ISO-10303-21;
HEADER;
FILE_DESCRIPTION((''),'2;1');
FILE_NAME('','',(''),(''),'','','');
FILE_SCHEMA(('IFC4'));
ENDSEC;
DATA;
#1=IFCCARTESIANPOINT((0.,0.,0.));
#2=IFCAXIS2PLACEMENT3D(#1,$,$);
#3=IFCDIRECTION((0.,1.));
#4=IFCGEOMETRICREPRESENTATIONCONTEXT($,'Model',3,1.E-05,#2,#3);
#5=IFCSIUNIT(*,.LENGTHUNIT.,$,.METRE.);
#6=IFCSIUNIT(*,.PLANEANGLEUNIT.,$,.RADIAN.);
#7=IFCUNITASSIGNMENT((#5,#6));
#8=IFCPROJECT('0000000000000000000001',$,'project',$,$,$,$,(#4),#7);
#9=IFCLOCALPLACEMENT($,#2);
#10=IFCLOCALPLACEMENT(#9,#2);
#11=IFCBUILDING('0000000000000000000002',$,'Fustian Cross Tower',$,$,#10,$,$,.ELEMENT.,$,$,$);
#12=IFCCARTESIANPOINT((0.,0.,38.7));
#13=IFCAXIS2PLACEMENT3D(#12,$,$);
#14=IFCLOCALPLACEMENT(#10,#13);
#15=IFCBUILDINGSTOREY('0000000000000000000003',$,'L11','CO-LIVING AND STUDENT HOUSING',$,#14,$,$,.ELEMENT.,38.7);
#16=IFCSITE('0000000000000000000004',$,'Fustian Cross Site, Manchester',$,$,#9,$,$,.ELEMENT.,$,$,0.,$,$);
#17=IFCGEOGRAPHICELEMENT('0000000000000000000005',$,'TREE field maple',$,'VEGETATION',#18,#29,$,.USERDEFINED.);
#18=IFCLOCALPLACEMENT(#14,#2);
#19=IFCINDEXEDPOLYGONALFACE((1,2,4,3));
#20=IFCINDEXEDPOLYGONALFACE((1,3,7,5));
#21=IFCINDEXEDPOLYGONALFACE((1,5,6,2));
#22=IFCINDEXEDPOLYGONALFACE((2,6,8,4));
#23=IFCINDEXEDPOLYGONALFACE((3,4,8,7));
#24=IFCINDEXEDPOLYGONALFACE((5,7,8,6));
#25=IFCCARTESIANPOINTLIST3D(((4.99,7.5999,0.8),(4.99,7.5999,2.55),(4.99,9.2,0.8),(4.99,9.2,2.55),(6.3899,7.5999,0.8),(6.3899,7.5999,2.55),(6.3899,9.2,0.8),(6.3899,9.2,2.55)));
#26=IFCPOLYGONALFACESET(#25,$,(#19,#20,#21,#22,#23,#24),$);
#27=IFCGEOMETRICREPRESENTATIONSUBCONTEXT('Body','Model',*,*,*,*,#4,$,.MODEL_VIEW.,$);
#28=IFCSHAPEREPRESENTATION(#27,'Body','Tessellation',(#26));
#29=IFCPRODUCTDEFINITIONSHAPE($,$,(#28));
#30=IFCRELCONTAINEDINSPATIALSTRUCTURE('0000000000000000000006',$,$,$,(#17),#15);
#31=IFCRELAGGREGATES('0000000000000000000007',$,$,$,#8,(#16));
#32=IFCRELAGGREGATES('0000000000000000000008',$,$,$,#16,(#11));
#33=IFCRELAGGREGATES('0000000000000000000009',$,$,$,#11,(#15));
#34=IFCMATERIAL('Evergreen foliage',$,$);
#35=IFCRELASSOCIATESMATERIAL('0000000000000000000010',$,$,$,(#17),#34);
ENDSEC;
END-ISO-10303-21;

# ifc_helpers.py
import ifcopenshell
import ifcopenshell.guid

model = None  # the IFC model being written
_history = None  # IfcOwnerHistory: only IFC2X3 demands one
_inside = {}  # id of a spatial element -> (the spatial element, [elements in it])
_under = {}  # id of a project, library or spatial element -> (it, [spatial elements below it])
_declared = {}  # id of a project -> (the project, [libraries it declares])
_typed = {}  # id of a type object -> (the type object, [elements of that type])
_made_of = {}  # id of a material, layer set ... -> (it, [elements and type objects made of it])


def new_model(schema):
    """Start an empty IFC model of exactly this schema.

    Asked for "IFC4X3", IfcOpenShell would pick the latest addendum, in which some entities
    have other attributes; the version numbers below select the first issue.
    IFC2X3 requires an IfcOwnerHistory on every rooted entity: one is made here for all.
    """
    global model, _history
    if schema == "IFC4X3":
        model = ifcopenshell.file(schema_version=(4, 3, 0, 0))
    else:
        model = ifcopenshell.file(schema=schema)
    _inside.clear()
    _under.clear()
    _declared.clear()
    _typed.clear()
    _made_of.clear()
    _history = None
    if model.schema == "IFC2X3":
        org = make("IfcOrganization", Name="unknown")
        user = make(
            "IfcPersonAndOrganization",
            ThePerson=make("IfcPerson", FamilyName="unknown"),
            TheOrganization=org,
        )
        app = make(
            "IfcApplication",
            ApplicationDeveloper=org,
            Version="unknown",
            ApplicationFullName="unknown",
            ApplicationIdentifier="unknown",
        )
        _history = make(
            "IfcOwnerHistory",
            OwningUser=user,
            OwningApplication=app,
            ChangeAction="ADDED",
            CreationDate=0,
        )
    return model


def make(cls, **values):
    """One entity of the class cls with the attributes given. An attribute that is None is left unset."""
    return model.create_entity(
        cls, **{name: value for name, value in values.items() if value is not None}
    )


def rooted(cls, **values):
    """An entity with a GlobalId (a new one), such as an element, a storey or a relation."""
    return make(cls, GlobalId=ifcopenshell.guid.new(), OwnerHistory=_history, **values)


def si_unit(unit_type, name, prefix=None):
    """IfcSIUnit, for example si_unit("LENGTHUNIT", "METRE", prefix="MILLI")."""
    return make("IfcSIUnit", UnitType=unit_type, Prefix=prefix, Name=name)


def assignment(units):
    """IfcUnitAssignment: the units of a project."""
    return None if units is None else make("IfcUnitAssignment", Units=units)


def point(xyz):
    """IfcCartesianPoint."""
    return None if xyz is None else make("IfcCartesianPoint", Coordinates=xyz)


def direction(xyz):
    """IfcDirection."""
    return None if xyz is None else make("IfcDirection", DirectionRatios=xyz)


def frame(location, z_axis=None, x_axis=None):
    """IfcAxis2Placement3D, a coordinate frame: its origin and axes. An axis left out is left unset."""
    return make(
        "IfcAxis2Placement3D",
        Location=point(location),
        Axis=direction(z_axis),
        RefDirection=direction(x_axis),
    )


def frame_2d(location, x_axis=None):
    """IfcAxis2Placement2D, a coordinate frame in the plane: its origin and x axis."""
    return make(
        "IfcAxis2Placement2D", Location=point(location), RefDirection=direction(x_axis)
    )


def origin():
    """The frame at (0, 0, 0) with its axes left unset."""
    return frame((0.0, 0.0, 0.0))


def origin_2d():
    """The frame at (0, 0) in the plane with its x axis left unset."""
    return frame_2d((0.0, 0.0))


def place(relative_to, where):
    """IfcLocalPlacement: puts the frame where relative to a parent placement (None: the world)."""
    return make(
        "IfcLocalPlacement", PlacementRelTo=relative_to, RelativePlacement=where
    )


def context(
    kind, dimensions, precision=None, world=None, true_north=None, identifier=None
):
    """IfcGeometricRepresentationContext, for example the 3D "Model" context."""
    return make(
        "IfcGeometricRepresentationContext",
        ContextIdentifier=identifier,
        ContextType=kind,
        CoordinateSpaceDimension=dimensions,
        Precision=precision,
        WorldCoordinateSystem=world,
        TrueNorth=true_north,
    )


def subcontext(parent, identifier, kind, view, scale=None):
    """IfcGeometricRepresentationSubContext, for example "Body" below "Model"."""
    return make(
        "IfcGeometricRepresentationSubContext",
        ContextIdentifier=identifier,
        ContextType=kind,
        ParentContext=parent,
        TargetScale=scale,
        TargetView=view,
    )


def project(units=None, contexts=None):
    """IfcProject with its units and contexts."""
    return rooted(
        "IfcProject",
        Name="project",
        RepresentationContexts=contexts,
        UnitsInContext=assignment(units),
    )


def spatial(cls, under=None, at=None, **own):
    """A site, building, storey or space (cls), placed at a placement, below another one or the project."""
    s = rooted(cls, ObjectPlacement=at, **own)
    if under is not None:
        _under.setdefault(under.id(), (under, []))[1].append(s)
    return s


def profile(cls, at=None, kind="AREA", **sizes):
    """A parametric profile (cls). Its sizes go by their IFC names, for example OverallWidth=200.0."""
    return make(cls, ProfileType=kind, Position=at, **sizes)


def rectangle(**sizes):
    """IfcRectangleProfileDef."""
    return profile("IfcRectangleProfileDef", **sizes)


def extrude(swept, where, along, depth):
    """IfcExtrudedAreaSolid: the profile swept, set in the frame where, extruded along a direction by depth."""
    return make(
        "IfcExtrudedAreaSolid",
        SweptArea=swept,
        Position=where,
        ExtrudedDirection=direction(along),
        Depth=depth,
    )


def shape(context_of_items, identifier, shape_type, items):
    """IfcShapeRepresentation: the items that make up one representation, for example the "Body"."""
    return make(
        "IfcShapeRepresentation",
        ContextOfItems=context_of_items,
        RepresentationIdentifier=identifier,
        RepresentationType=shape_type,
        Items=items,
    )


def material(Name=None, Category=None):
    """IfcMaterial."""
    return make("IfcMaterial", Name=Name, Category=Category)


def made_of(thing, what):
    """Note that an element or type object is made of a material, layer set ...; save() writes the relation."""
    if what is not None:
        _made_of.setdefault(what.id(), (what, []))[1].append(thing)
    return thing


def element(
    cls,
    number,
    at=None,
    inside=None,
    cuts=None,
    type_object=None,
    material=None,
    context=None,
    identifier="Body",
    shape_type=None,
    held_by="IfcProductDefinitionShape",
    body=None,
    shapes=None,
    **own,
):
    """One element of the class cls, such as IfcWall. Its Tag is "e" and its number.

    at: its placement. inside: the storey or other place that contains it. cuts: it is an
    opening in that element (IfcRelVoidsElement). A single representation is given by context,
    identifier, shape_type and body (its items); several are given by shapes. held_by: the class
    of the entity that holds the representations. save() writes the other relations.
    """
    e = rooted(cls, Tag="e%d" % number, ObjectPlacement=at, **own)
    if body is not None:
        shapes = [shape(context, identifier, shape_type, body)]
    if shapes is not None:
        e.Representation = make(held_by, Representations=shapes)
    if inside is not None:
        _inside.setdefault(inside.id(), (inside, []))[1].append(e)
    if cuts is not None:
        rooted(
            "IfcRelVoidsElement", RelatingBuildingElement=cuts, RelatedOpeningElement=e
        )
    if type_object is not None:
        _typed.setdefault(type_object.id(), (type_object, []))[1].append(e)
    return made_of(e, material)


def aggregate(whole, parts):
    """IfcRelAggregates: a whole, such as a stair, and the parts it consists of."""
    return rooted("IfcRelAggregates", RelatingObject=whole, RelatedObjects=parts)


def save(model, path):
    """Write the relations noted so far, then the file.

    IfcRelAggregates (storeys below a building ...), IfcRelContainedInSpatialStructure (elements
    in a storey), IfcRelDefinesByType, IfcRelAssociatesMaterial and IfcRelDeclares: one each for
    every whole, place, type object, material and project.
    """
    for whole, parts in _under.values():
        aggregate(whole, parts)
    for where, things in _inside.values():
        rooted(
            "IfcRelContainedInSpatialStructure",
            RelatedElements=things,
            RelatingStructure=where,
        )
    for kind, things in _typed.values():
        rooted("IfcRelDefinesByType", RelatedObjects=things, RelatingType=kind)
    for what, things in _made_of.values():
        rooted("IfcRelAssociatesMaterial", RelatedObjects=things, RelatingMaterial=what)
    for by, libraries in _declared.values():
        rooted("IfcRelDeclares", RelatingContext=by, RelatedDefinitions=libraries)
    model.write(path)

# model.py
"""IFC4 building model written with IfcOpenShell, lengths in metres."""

from ifc_helpers import new_model, si_unit, direction, frame, origin, origin_2d, place, context, subcontext, project, spatial, rectangle, extrude, material, element, save


model = new_model("IFC4")

# Units and contexts
model_context = context("Model", 3, precision=1e-05, world=origin(), true_north=direction((0.0, 1.0)))
body_context = subcontext(model_context, "Body", "Model", "MODEL_VIEW")
ifc_project = project(units=[si_unit("LENGTHUNIT", "METRE"), si_unit("PLANEANGLEUNIT", "RADIAN")], contexts=[model_context])

# Site, building, storey
site_placement = place(None, origin())
site = spatial("IfcSite", under=ifc_project, at=site_placement, Name="Fustian Cross Site, Manchester", CompositionType="ELEMENT", RefElevation=0.0)
building_placement = place(site_placement, origin())
building = spatial("IfcBuilding", under=site, at=building_placement, Name="Fustian Cross Tower", CompositionType="ELEMENT")
storey_placement = place(building_placement, frame((0.0, 0.0, 38.7)))
storey = spatial("IfcBuildingStorey", under=building, at=storey_placement, Name="L11", Description="CO-LIVING AND STUDENT HOUSING", CompositionType="ELEMENT", Elevation=38.7)

# Geographic element
ifc_material_1 = material(Name="Evergreen foliage")
geographic_element_placement = place(storey_placement, frame((5.6899, 8.3999, 0.8), z_axis=(0.0, 0.0, 1.0), x_axis=(1.0, 0.0, 0.0)))
element("IfcGeographicElement", 1, at=geographic_element_placement, inside=storey, material=ifc_material_1, Name="TREE field maple", ObjectType="VEGETATION", PredefinedType="USERDEFINED", context=body_context, shape_type="SweptSolid", body=[
    extrude(rectangle(XDim=1.3999, YDim=1.6001, at=origin_2d()), origin(), (0.0, 0.0, 1.0), 1.75),
])

save(model, "model.ifc")
